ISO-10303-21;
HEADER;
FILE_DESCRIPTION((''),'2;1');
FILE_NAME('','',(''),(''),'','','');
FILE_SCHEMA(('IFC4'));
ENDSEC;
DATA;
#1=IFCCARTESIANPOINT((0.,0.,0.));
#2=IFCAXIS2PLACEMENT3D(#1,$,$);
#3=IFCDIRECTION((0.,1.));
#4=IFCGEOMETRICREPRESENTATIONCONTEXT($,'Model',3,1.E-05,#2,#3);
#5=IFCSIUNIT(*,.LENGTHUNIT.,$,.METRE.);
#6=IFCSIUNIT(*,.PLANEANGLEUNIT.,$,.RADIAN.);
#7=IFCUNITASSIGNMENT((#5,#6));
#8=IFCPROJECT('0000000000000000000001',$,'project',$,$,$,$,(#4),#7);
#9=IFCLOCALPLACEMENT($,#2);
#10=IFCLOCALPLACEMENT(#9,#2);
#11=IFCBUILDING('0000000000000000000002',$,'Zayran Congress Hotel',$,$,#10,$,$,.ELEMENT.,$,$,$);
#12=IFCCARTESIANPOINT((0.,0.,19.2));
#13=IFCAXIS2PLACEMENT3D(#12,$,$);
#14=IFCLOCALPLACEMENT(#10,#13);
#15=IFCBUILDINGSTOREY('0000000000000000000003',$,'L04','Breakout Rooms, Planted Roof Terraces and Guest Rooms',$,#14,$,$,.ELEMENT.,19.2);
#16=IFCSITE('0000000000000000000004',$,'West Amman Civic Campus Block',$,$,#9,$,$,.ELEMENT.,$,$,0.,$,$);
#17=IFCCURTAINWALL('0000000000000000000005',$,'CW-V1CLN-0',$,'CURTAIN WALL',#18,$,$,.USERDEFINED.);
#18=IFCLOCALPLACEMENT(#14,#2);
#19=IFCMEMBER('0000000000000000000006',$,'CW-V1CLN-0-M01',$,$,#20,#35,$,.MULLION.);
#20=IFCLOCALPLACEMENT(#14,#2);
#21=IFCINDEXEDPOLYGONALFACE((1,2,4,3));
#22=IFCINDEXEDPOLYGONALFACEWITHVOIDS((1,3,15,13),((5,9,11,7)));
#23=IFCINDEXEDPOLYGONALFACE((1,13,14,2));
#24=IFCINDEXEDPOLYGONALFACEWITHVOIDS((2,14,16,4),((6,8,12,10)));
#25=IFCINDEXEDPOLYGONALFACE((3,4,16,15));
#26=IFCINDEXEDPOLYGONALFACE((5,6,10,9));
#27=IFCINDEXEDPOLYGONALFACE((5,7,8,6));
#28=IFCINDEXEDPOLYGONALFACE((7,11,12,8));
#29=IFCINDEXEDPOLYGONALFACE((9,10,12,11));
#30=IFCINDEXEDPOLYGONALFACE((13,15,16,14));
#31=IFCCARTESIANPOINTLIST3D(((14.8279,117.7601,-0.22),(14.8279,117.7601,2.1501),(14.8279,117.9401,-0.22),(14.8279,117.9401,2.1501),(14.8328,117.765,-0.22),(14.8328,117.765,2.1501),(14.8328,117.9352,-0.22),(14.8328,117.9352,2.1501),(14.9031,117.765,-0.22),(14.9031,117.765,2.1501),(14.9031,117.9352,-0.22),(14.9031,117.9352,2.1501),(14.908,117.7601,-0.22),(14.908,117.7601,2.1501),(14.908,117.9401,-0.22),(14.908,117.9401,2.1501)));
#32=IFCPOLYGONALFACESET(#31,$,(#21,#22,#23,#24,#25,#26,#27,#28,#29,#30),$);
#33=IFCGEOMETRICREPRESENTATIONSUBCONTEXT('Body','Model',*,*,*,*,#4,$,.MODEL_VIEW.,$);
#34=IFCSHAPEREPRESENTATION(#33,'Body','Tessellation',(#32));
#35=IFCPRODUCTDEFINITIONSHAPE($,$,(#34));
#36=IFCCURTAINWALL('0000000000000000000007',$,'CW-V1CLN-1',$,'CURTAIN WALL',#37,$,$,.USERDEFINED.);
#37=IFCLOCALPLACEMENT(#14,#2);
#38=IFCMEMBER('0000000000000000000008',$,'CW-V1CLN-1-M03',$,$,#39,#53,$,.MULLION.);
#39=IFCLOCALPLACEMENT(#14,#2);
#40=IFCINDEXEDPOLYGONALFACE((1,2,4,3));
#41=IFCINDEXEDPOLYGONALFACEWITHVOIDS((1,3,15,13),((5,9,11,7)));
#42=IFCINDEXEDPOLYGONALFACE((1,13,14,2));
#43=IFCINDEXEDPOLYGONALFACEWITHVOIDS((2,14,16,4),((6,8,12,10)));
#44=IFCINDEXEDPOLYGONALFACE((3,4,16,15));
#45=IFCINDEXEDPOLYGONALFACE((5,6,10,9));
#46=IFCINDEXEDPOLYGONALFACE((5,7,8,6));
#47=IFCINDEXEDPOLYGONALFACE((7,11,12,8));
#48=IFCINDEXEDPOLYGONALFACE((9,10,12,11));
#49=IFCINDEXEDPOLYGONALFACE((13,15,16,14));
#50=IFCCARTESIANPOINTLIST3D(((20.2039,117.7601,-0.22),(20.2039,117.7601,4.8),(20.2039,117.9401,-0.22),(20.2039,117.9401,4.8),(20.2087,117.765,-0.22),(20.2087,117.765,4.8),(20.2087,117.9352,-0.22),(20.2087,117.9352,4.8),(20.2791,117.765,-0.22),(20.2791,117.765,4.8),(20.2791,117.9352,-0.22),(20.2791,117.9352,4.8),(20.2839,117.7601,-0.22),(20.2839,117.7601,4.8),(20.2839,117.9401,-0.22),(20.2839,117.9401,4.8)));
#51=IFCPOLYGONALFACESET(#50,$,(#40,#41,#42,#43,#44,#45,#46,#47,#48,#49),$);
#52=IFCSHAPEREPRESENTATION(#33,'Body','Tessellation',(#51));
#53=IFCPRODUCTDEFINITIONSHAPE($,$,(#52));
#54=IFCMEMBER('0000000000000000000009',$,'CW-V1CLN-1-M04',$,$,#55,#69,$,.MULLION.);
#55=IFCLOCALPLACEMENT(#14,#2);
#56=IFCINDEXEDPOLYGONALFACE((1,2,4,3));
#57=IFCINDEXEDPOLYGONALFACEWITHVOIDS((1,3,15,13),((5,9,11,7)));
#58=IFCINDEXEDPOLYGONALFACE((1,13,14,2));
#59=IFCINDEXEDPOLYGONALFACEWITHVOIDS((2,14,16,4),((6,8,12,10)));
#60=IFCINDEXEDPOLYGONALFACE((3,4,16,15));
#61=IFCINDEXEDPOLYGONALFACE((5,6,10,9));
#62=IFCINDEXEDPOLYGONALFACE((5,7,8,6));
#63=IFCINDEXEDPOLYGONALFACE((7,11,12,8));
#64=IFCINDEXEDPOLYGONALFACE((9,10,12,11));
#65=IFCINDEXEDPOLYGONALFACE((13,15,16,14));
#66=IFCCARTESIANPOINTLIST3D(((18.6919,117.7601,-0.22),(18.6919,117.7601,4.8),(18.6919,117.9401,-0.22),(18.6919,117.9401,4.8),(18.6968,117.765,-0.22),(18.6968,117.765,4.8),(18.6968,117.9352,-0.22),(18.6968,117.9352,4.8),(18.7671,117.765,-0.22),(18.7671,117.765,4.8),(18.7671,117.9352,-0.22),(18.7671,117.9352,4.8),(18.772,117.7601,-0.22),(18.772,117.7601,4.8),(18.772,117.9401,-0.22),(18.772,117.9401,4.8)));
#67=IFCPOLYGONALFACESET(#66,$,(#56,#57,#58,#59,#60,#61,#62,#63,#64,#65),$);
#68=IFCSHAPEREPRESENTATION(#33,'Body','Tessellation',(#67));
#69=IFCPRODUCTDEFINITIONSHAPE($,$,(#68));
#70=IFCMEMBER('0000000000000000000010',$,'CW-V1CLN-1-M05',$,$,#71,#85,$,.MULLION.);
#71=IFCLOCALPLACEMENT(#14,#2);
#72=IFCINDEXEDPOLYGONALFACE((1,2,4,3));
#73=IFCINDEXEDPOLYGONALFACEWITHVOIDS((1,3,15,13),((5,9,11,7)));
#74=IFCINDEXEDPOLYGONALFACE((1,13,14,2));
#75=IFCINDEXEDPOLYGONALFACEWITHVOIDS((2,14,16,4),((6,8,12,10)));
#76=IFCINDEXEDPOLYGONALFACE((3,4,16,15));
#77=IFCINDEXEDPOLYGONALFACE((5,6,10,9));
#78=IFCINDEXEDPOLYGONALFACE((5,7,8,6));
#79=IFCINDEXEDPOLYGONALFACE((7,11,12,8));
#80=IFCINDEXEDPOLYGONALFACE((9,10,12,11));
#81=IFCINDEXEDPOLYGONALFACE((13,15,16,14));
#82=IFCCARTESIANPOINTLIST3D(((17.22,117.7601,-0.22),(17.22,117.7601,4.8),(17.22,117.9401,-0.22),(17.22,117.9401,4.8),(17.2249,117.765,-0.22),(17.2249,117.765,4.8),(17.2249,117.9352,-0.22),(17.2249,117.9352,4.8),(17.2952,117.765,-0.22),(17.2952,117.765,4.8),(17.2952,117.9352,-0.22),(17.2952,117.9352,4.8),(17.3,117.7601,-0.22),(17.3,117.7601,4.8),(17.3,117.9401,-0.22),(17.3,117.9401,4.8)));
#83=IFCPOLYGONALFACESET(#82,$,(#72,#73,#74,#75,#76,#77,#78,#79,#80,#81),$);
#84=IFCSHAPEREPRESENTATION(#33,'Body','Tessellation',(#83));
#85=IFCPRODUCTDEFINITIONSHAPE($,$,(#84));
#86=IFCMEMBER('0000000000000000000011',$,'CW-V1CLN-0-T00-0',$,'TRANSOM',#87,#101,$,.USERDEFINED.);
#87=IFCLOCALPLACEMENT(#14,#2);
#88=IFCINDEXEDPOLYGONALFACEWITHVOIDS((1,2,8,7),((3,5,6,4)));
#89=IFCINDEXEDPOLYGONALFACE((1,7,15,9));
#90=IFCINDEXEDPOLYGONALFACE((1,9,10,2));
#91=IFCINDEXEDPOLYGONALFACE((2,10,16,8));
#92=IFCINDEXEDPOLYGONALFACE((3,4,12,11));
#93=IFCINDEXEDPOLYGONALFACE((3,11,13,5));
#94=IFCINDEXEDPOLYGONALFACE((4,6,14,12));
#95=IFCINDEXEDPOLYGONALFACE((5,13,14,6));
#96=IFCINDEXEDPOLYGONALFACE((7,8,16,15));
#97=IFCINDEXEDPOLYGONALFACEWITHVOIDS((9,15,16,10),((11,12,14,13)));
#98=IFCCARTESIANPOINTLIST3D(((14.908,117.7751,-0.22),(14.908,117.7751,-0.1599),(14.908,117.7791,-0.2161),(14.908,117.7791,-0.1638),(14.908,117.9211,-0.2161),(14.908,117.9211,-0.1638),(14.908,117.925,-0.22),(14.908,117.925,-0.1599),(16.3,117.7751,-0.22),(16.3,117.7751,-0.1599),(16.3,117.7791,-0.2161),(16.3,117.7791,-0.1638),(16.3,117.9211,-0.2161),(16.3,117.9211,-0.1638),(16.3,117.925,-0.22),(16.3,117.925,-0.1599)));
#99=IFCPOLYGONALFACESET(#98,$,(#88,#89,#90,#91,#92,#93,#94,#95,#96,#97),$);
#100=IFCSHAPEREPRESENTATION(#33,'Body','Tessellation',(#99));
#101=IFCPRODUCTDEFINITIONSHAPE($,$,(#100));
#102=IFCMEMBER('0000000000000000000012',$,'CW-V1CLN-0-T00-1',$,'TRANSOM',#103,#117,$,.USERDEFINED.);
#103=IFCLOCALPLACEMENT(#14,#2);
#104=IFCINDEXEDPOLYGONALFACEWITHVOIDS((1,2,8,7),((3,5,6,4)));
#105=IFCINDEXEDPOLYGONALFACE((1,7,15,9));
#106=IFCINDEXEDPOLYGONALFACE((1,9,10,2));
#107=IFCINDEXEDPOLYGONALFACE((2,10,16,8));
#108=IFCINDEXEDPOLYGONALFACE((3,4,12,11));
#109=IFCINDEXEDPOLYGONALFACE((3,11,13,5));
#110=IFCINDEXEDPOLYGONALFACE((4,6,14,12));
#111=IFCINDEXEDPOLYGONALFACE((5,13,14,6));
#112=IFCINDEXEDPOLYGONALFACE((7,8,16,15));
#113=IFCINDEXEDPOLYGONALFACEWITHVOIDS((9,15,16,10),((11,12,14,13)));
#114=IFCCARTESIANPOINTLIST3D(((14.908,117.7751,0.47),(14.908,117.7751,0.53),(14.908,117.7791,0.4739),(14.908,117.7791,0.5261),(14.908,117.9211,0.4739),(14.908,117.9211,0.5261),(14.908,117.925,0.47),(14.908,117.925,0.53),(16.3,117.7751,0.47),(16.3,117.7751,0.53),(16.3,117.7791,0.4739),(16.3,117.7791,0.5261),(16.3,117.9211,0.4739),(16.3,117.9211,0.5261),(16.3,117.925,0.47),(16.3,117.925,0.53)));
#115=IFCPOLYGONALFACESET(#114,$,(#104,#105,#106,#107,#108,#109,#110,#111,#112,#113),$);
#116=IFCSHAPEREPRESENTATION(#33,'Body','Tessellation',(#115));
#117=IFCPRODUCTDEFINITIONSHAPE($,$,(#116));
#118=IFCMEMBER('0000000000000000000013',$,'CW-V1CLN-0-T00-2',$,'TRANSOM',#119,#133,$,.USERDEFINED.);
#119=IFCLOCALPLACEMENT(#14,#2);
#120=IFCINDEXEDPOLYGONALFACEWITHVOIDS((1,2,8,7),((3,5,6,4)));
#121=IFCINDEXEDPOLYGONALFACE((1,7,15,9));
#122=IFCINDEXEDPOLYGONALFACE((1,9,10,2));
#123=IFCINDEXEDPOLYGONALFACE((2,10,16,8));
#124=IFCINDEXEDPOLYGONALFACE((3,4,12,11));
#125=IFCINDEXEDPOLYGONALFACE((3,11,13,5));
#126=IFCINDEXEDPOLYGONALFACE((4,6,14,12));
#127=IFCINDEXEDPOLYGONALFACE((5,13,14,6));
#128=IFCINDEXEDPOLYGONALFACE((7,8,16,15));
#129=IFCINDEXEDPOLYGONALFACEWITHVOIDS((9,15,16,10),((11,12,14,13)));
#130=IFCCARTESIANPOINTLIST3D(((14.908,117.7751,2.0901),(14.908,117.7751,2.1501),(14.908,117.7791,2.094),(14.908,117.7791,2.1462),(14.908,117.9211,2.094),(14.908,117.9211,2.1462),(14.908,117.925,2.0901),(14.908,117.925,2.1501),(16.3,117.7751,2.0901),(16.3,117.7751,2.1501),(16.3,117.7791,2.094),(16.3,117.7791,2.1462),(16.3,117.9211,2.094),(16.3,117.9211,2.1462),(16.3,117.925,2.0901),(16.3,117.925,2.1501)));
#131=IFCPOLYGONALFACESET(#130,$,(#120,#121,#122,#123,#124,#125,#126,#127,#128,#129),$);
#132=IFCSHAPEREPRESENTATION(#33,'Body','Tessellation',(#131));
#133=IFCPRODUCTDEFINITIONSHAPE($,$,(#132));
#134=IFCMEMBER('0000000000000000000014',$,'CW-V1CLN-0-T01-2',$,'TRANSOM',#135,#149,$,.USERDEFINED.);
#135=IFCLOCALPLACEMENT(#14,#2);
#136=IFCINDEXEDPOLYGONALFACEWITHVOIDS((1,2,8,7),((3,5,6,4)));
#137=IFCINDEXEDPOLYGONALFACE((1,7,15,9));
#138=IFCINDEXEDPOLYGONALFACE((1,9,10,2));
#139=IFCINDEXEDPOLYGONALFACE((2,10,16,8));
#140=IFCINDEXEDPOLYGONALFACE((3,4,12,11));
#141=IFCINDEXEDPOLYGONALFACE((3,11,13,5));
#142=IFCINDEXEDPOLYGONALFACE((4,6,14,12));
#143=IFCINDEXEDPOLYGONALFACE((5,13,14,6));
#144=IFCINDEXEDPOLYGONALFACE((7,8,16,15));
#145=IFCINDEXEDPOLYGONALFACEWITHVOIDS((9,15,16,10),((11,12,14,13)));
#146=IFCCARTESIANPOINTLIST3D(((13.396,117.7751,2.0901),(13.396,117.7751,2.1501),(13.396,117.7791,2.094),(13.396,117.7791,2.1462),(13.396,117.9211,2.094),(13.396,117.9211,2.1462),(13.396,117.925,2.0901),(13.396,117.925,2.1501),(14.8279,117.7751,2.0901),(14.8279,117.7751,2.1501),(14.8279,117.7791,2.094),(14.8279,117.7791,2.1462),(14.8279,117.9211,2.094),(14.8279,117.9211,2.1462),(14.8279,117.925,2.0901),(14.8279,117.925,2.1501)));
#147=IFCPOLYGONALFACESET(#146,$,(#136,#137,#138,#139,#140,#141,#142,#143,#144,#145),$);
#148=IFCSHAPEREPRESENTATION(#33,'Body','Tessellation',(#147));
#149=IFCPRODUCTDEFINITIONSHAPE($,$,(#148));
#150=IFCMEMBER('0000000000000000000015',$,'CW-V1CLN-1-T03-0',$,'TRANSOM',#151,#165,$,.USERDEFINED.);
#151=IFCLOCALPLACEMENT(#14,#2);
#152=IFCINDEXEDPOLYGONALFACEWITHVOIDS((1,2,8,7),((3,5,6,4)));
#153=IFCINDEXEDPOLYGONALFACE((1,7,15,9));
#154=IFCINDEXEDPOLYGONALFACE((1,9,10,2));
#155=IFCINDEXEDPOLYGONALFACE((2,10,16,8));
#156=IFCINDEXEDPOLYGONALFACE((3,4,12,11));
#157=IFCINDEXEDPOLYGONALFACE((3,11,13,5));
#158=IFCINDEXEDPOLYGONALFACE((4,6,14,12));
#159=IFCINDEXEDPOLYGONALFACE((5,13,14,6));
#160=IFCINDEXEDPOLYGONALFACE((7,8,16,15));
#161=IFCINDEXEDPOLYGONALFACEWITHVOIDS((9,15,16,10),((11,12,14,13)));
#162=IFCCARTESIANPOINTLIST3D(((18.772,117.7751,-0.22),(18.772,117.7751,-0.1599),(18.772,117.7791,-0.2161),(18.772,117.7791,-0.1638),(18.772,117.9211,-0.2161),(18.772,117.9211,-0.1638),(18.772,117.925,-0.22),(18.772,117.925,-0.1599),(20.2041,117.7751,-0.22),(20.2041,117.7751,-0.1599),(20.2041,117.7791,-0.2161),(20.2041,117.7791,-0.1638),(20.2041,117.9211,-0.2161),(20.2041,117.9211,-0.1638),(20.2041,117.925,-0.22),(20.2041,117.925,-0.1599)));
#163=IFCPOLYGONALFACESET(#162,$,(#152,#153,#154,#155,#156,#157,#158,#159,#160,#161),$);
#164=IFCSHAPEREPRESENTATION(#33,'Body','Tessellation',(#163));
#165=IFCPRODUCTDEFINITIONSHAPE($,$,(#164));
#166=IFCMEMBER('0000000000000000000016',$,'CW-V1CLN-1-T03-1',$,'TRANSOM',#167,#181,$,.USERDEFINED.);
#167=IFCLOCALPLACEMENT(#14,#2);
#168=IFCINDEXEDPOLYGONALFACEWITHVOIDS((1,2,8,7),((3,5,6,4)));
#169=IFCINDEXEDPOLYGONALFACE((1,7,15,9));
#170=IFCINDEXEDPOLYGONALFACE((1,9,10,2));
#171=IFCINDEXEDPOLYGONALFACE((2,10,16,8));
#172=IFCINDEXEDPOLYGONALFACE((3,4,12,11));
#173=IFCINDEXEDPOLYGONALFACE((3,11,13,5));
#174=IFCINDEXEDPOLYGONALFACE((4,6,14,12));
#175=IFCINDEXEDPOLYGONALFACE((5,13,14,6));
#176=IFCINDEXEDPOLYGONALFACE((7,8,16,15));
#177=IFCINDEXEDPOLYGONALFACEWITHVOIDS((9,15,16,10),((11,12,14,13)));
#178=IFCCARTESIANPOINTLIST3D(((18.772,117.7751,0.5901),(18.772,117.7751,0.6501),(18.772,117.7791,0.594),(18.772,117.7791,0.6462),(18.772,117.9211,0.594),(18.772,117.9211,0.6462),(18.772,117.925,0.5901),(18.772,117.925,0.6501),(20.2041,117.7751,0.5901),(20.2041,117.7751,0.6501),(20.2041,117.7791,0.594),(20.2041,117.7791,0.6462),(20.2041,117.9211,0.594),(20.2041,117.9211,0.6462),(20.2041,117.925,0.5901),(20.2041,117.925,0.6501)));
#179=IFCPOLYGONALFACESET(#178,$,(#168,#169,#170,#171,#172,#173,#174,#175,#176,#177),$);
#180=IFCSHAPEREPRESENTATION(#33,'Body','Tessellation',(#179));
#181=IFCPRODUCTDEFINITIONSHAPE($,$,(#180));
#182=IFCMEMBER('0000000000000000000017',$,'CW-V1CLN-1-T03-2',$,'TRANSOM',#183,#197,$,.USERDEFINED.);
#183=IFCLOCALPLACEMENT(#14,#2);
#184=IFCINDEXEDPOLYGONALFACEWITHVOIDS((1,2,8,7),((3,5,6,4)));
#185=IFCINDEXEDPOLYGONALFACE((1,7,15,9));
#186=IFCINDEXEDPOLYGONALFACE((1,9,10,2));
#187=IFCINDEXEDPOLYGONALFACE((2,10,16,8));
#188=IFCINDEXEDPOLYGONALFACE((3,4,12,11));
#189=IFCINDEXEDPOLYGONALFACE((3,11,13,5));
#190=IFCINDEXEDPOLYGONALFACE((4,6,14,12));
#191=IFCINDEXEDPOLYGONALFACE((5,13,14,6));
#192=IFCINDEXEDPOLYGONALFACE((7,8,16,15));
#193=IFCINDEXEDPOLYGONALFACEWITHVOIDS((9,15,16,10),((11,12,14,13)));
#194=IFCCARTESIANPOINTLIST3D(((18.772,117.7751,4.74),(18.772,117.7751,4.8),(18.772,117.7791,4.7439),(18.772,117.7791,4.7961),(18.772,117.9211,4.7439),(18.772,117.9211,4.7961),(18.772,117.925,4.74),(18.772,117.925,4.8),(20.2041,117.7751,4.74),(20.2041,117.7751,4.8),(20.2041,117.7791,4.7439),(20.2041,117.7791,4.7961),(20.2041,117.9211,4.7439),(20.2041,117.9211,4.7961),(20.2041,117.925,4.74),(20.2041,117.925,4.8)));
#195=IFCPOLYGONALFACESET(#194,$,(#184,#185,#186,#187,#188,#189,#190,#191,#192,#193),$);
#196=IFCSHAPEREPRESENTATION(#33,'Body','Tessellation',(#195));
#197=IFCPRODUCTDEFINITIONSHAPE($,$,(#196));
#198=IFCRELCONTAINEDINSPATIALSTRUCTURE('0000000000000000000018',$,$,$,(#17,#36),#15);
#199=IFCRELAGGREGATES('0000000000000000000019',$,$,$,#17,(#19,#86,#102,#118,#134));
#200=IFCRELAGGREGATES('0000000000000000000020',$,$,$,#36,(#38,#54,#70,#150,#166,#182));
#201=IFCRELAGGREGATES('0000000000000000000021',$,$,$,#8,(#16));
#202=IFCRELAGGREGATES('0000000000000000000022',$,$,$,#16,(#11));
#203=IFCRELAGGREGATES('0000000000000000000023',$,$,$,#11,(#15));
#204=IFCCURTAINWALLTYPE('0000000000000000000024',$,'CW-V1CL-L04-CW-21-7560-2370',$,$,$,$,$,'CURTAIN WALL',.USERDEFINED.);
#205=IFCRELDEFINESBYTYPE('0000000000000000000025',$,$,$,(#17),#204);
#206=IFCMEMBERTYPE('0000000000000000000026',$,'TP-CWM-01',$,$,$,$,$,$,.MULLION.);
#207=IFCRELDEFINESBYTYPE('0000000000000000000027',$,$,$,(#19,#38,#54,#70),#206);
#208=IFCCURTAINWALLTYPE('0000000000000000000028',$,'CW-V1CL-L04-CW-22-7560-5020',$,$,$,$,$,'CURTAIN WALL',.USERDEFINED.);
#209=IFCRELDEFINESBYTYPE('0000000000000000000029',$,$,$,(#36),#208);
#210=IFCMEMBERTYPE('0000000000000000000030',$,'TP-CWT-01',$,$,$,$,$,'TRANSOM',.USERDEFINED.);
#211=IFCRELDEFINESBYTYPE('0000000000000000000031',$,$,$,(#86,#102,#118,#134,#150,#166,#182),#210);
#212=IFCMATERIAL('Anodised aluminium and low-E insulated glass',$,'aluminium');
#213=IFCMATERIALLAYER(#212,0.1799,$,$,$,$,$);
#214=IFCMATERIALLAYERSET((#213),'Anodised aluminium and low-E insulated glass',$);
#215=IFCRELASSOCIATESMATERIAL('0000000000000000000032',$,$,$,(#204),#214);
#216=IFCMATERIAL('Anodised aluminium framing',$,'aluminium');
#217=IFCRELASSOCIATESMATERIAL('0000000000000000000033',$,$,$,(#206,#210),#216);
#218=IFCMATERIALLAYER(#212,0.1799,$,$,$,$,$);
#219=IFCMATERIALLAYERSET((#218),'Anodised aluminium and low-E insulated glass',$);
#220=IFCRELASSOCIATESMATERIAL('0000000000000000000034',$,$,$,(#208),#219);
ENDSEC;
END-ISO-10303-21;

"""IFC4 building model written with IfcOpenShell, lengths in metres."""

from ifc_helpers import new_model, si_unit, direction, frame, origin, origin_2d, place, context, subcontext, project, spatial, hollow_rectangle, extrude, material, layer, layer_set, material_profile, profile_set, type_object, element, aggregate, save


model = new_model("IFC4")

# Units and contexts
model_context = context("Model", 3, precision=1e-05, world=origin(), true_north=direction((0.0, 1.0)))
body_context = subcontext(model_context, "Body", "Model", "MODEL_VIEW")
ifc_project = project(units=[si_unit("LENGTHUNIT", "METRE"), si_unit("PLANEANGLEUNIT", "RADIAN")], contexts=[model_context])

# Site, building, storey
site_placement = place(None, origin())
site = spatial("IfcSite", under=ifc_project, at=site_placement, Name="West Amman Civic Campus Block", CompositionType="ELEMENT", RefElevation=0.0)
building_placement = place(site_placement, origin())
building = spatial("IfcBuilding", under=site, at=building_placement, Name="Zayran Congress Hotel", CompositionType="ELEMENT")
storey_placement = place(building_placement, frame((0.0, 0.0, 19.2)))
storey = spatial("IfcBuildingStorey", under=building, at=storey_placement, Name="L04", Description="Breakout Rooms, Planted Roof Terraces and Guest Rooms", CompositionType="ELEMENT", Elevation=19.2)

# Curtain walls, members
ifc_material_1 = material(Name="Anodised aluminium and low-E insulated glass", Category="aluminium")
ifc_layer_1 = layer(ifc_material_1, 0.1799)
ifc_layer_set_1 = layer_set([ifc_layer_1], Name="Anodised aluminium and low-E insulated glass")
curtain_wall_type_1 = type_object("IfcCurtainWallType", Name="CW-V1CL-L04-CW-21-7560-2370", ElementType="CURTAIN WALL", PredefinedType="USERDEFINED", material=ifc_layer_set_1)
curtain_wall_1_placement = place(storey_placement, origin())
curtain_wall_1 = element("IfcCurtainWall", 1, at=curtain_wall_1_placement, inside=storey, type_object=curtain_wall_type_1, Name="CW-V1CLN-0", ObjectType="CURTAIN WALL", PredefinedType="USERDEFINED")
ifc_material_2 = material(Name="Anodised aluminium framing", Category="aluminium")
ifc_material_profile_1 = material_profile(ifc_material_2, hollow_rectangle(XDim=0.0801, YDim=0.1799, WallThickness=0.0049, at=origin_2d()), Name="RHS 180x80x5")
ifc_profile_set_1 = profile_set([ifc_material_profile_1], Name="Anodised aluminium framing")
member_type_1 = type_object("IfcMemberType", Name="TP-CWM-01", PredefinedType="MULLION", material=ifc_profile_set_1)
member_1_placement = place(storey_placement, frame((14.8679, 117.8501, -0.22), z_axis=(0.0, 0.0, 1.0), x_axis=(1.0, 0.0, 0.0)))
member_1 = element("IfcMember", 2, at=member_1_placement, type_object=member_type_1, Name="CW-V1CLN-0-M01", PredefinedType="MULLION", context=body_context, shape_type="SweptSolid", body=[
    extrude(hollow_rectangle(XDim=0.0801, YDim=0.1799, WallThickness=0.0049, at=origin_2d()), origin(), (0.0, 0.0, 1.0), 2.3701),
])
ifc_layer_2 = layer(ifc_material_1, 0.1799)
ifc_layer_set_2 = layer_set([ifc_layer_2], Name="Anodised aluminium and low-E insulated glass")
curtain_wall_type_2 = type_object("IfcCurtainWallType", Name="CW-V1CL-L04-CW-22-7560-5020", ElementType="CURTAIN WALL", PredefinedType="USERDEFINED", material=ifc_layer_set_2)
curtain_wall_2_placement = place(storey_placement, origin())
curtain_wall_2 = element("IfcCurtainWall", 3, at=curtain_wall_2_placement, inside=storey, type_object=curtain_wall_type_2, Name="CW-V1CLN-1", ObjectType="CURTAIN WALL", PredefinedType="USERDEFINED")
member_2_placement = place(storey_placement, frame((20.2439, 117.8501, -0.22), z_axis=(0.0, 0.0, 1.0), x_axis=(1.0, 0.0, 0.0)))
member_2 = element("IfcMember", 4, at=member_2_placement, type_object=member_type_1, Name="CW-V1CLN-1-M03", PredefinedType="MULLION", context=body_context, shape_type="SweptSolid", body=[
    extrude(hollow_rectangle(XDim=0.0801, YDim=0.1799, WallThickness=0.0049, at=origin_2d()), origin(), (0.0, 0.0, 1.0), 5.02),
])
member_3_placement = place(storey_placement, frame((18.7319, 117.8501, -0.22), z_axis=(0.0, 0.0, 1.0), x_axis=(1.0, 0.0, 0.0)))
member_3 = element("IfcMember", 5, at=member_3_placement, type_object=member_type_1, Name="CW-V1CLN-1-M04", PredefinedType="MULLION", context=body_context, shape_type="SweptSolid", body=[
    extrude(hollow_rectangle(XDim=0.0801, YDim=0.1799, WallThickness=0.0049, at=origin_2d()), origin(), (0.0, 0.0, 1.0), 5.02),
])
member_4_placement = place(storey_placement, frame((17.26, 117.8501, -0.22), z_axis=(0.0, 0.0, 1.0), x_axis=(1.0, 0.0, 0.0)))
member_4 = element("IfcMember", 6, at=member_4_placement, type_object=member_type_1, Name="CW-V1CLN-1-M05", PredefinedType="MULLION", context=body_context, shape_type="SweptSolid", body=[
    extrude(hollow_rectangle(XDim=0.0801, YDim=0.1799, WallThickness=0.0049, at=origin_2d()), origin(), (0.0, 0.0, 1.0), 5.02),
])

# Members
ifc_material_profile_2 = material_profile(ifc_material_2, hollow_rectangle(XDim=0.0601, YDim=0.1499, WallThickness=0.0039, at=origin_2d()), Name="RHS 150x60x4")
ifc_profile_set_2 = profile_set([ifc_material_profile_2], Name="Anodised aluminium framing")
member_type_2 = type_object("IfcMemberType", Name="TP-CWT-01", ElementType="TRANSOM", PredefinedType="USERDEFINED", material=ifc_profile_set_2)
member_5_placement = place(storey_placement, frame((16.3, 117.8501, -0.1899), z_axis=(-1.0, 0.0, 0.0), x_axis=(0.0, 0.0, 1.0)))
member_5 = element("IfcMember", 7, at=member_5_placement, type_object=member_type_2, Name="CW-V1CLN-0-T00-0", ObjectType="TRANSOM", PredefinedType="USERDEFINED", context=body_context, shape_type="SweptSolid", body=[
    extrude(hollow_rectangle(XDim=0.0601, YDim=0.1499, WallThickness=0.0039, at=origin_2d()), origin(), (0.0, 0.0, 1.0), 1.3921),
])
member_6_placement = place(storey_placement, frame((16.3, 117.8501, 0.5), z_axis=(-1.0, 0.0, 0.0), x_axis=(0.0, 0.0, 1.0)))
member_6 = element("IfcMember", 8, at=member_6_placement, type_object=member_type_2, Name="CW-V1CLN-0-T00-1", ObjectType="TRANSOM", PredefinedType="USERDEFINED", context=body_context, shape_type="SweptSolid", body=[
    extrude(hollow_rectangle(XDim=0.0601, YDim=0.1499, WallThickness=0.0039, at=origin_2d()), origin(), (0.0, 0.0, 1.0), 1.3921),
])
member_7_placement = place(storey_placement, frame((16.3, 117.8501, 2.1201), z_axis=(-1.0, 0.0, 0.0), x_axis=(0.0, 0.0, 1.0)))
member_7 = element("IfcMember", 9, at=member_7_placement, type_object=member_type_2, Name="CW-V1CLN-0-T00-2", ObjectType="TRANSOM", PredefinedType="USERDEFINED", context=body_context, shape_type="SweptSolid", body=[
    extrude(hollow_rectangle(XDim=0.0601, YDim=0.1499, WallThickness=0.0039, at=origin_2d()), origin(), (0.0, 0.0, 1.0), 1.3921),
])
member_8_placement = place(storey_placement, frame((14.8279, 117.8501, 2.1201), z_axis=(-1.0, 0.0, 0.0), x_axis=(0.0, 0.0, 1.0)))
member_8 = element("IfcMember", 10, at=member_8_placement, type_object=member_type_2, Name="CW-V1CLN-0-T01-2", ObjectType="TRANSOM", PredefinedType="USERDEFINED", context=body_context, shape_type="SweptSolid", body=[
    extrude(hollow_rectangle(XDim=0.0601, YDim=0.1499, WallThickness=0.0039, at=origin_2d()), origin(), (0.0, 0.0, 1.0), 1.4319),
])
member_9_placement = place(storey_placement, frame((20.2041, 117.8501, -0.1899), z_axis=(-1.0, 0.0, 0.0), x_axis=(0.0, 0.0, 1.0)))
member_9 = element("IfcMember", 11, at=member_9_placement, type_object=member_type_2, Name="CW-V1CLN-1-T03-0", ObjectType="TRANSOM", PredefinedType="USERDEFINED", context=body_context, shape_type="SweptSolid", body=[
    extrude(hollow_rectangle(XDim=0.0601, YDim=0.1499, WallThickness=0.0039, at=origin_2d()), origin(), (0.0, 0.0, 1.0), 1.4321),
])
member_10_placement = place(storey_placement, frame((20.2041, 117.8501, 0.6201), z_axis=(-1.0, 0.0, 0.0), x_axis=(0.0, 0.0, 1.0)))
member_10 = element("IfcMember", 12, at=member_10_placement, type_object=member_type_2, Name="CW-V1CLN-1-T03-1", ObjectType="TRANSOM", PredefinedType="USERDEFINED", context=body_context, shape_type="SweptSolid", body=[
    extrude(hollow_rectangle(XDim=0.0601, YDim=0.1499, WallThickness=0.0039, at=origin_2d()), origin(), (0.0, 0.0, 1.0), 1.4321),
])
member_11_placement = place(storey_placement, frame((20.2041, 117.8501, 4.77), z_axis=(-1.0, 0.0, 0.0), x_axis=(0.0, 0.0, 1.0)))
member_11 = element("IfcMember", 13, at=member_11_placement, type_object=member_type_2, Name="CW-V1CLN-1-T03-2", ObjectType="TRANSOM", PredefinedType="USERDEFINED", context=body_context, shape_type="SweptSolid", body=[
    extrude(hollow_rectangle(XDim=0.0601, YDim=0.1499, WallThickness=0.0039, at=origin_2d()), origin(), (0.0, 0.0, 1.0), 1.4321),
])

aggregate(curtain_wall_1, [member_1, member_5, member_6, member_7, member_8])
aggregate(curtain_wall_2, [member_2, member_3, member_4, member_9, member_10, member_11])

save(model, "model.ifc")
